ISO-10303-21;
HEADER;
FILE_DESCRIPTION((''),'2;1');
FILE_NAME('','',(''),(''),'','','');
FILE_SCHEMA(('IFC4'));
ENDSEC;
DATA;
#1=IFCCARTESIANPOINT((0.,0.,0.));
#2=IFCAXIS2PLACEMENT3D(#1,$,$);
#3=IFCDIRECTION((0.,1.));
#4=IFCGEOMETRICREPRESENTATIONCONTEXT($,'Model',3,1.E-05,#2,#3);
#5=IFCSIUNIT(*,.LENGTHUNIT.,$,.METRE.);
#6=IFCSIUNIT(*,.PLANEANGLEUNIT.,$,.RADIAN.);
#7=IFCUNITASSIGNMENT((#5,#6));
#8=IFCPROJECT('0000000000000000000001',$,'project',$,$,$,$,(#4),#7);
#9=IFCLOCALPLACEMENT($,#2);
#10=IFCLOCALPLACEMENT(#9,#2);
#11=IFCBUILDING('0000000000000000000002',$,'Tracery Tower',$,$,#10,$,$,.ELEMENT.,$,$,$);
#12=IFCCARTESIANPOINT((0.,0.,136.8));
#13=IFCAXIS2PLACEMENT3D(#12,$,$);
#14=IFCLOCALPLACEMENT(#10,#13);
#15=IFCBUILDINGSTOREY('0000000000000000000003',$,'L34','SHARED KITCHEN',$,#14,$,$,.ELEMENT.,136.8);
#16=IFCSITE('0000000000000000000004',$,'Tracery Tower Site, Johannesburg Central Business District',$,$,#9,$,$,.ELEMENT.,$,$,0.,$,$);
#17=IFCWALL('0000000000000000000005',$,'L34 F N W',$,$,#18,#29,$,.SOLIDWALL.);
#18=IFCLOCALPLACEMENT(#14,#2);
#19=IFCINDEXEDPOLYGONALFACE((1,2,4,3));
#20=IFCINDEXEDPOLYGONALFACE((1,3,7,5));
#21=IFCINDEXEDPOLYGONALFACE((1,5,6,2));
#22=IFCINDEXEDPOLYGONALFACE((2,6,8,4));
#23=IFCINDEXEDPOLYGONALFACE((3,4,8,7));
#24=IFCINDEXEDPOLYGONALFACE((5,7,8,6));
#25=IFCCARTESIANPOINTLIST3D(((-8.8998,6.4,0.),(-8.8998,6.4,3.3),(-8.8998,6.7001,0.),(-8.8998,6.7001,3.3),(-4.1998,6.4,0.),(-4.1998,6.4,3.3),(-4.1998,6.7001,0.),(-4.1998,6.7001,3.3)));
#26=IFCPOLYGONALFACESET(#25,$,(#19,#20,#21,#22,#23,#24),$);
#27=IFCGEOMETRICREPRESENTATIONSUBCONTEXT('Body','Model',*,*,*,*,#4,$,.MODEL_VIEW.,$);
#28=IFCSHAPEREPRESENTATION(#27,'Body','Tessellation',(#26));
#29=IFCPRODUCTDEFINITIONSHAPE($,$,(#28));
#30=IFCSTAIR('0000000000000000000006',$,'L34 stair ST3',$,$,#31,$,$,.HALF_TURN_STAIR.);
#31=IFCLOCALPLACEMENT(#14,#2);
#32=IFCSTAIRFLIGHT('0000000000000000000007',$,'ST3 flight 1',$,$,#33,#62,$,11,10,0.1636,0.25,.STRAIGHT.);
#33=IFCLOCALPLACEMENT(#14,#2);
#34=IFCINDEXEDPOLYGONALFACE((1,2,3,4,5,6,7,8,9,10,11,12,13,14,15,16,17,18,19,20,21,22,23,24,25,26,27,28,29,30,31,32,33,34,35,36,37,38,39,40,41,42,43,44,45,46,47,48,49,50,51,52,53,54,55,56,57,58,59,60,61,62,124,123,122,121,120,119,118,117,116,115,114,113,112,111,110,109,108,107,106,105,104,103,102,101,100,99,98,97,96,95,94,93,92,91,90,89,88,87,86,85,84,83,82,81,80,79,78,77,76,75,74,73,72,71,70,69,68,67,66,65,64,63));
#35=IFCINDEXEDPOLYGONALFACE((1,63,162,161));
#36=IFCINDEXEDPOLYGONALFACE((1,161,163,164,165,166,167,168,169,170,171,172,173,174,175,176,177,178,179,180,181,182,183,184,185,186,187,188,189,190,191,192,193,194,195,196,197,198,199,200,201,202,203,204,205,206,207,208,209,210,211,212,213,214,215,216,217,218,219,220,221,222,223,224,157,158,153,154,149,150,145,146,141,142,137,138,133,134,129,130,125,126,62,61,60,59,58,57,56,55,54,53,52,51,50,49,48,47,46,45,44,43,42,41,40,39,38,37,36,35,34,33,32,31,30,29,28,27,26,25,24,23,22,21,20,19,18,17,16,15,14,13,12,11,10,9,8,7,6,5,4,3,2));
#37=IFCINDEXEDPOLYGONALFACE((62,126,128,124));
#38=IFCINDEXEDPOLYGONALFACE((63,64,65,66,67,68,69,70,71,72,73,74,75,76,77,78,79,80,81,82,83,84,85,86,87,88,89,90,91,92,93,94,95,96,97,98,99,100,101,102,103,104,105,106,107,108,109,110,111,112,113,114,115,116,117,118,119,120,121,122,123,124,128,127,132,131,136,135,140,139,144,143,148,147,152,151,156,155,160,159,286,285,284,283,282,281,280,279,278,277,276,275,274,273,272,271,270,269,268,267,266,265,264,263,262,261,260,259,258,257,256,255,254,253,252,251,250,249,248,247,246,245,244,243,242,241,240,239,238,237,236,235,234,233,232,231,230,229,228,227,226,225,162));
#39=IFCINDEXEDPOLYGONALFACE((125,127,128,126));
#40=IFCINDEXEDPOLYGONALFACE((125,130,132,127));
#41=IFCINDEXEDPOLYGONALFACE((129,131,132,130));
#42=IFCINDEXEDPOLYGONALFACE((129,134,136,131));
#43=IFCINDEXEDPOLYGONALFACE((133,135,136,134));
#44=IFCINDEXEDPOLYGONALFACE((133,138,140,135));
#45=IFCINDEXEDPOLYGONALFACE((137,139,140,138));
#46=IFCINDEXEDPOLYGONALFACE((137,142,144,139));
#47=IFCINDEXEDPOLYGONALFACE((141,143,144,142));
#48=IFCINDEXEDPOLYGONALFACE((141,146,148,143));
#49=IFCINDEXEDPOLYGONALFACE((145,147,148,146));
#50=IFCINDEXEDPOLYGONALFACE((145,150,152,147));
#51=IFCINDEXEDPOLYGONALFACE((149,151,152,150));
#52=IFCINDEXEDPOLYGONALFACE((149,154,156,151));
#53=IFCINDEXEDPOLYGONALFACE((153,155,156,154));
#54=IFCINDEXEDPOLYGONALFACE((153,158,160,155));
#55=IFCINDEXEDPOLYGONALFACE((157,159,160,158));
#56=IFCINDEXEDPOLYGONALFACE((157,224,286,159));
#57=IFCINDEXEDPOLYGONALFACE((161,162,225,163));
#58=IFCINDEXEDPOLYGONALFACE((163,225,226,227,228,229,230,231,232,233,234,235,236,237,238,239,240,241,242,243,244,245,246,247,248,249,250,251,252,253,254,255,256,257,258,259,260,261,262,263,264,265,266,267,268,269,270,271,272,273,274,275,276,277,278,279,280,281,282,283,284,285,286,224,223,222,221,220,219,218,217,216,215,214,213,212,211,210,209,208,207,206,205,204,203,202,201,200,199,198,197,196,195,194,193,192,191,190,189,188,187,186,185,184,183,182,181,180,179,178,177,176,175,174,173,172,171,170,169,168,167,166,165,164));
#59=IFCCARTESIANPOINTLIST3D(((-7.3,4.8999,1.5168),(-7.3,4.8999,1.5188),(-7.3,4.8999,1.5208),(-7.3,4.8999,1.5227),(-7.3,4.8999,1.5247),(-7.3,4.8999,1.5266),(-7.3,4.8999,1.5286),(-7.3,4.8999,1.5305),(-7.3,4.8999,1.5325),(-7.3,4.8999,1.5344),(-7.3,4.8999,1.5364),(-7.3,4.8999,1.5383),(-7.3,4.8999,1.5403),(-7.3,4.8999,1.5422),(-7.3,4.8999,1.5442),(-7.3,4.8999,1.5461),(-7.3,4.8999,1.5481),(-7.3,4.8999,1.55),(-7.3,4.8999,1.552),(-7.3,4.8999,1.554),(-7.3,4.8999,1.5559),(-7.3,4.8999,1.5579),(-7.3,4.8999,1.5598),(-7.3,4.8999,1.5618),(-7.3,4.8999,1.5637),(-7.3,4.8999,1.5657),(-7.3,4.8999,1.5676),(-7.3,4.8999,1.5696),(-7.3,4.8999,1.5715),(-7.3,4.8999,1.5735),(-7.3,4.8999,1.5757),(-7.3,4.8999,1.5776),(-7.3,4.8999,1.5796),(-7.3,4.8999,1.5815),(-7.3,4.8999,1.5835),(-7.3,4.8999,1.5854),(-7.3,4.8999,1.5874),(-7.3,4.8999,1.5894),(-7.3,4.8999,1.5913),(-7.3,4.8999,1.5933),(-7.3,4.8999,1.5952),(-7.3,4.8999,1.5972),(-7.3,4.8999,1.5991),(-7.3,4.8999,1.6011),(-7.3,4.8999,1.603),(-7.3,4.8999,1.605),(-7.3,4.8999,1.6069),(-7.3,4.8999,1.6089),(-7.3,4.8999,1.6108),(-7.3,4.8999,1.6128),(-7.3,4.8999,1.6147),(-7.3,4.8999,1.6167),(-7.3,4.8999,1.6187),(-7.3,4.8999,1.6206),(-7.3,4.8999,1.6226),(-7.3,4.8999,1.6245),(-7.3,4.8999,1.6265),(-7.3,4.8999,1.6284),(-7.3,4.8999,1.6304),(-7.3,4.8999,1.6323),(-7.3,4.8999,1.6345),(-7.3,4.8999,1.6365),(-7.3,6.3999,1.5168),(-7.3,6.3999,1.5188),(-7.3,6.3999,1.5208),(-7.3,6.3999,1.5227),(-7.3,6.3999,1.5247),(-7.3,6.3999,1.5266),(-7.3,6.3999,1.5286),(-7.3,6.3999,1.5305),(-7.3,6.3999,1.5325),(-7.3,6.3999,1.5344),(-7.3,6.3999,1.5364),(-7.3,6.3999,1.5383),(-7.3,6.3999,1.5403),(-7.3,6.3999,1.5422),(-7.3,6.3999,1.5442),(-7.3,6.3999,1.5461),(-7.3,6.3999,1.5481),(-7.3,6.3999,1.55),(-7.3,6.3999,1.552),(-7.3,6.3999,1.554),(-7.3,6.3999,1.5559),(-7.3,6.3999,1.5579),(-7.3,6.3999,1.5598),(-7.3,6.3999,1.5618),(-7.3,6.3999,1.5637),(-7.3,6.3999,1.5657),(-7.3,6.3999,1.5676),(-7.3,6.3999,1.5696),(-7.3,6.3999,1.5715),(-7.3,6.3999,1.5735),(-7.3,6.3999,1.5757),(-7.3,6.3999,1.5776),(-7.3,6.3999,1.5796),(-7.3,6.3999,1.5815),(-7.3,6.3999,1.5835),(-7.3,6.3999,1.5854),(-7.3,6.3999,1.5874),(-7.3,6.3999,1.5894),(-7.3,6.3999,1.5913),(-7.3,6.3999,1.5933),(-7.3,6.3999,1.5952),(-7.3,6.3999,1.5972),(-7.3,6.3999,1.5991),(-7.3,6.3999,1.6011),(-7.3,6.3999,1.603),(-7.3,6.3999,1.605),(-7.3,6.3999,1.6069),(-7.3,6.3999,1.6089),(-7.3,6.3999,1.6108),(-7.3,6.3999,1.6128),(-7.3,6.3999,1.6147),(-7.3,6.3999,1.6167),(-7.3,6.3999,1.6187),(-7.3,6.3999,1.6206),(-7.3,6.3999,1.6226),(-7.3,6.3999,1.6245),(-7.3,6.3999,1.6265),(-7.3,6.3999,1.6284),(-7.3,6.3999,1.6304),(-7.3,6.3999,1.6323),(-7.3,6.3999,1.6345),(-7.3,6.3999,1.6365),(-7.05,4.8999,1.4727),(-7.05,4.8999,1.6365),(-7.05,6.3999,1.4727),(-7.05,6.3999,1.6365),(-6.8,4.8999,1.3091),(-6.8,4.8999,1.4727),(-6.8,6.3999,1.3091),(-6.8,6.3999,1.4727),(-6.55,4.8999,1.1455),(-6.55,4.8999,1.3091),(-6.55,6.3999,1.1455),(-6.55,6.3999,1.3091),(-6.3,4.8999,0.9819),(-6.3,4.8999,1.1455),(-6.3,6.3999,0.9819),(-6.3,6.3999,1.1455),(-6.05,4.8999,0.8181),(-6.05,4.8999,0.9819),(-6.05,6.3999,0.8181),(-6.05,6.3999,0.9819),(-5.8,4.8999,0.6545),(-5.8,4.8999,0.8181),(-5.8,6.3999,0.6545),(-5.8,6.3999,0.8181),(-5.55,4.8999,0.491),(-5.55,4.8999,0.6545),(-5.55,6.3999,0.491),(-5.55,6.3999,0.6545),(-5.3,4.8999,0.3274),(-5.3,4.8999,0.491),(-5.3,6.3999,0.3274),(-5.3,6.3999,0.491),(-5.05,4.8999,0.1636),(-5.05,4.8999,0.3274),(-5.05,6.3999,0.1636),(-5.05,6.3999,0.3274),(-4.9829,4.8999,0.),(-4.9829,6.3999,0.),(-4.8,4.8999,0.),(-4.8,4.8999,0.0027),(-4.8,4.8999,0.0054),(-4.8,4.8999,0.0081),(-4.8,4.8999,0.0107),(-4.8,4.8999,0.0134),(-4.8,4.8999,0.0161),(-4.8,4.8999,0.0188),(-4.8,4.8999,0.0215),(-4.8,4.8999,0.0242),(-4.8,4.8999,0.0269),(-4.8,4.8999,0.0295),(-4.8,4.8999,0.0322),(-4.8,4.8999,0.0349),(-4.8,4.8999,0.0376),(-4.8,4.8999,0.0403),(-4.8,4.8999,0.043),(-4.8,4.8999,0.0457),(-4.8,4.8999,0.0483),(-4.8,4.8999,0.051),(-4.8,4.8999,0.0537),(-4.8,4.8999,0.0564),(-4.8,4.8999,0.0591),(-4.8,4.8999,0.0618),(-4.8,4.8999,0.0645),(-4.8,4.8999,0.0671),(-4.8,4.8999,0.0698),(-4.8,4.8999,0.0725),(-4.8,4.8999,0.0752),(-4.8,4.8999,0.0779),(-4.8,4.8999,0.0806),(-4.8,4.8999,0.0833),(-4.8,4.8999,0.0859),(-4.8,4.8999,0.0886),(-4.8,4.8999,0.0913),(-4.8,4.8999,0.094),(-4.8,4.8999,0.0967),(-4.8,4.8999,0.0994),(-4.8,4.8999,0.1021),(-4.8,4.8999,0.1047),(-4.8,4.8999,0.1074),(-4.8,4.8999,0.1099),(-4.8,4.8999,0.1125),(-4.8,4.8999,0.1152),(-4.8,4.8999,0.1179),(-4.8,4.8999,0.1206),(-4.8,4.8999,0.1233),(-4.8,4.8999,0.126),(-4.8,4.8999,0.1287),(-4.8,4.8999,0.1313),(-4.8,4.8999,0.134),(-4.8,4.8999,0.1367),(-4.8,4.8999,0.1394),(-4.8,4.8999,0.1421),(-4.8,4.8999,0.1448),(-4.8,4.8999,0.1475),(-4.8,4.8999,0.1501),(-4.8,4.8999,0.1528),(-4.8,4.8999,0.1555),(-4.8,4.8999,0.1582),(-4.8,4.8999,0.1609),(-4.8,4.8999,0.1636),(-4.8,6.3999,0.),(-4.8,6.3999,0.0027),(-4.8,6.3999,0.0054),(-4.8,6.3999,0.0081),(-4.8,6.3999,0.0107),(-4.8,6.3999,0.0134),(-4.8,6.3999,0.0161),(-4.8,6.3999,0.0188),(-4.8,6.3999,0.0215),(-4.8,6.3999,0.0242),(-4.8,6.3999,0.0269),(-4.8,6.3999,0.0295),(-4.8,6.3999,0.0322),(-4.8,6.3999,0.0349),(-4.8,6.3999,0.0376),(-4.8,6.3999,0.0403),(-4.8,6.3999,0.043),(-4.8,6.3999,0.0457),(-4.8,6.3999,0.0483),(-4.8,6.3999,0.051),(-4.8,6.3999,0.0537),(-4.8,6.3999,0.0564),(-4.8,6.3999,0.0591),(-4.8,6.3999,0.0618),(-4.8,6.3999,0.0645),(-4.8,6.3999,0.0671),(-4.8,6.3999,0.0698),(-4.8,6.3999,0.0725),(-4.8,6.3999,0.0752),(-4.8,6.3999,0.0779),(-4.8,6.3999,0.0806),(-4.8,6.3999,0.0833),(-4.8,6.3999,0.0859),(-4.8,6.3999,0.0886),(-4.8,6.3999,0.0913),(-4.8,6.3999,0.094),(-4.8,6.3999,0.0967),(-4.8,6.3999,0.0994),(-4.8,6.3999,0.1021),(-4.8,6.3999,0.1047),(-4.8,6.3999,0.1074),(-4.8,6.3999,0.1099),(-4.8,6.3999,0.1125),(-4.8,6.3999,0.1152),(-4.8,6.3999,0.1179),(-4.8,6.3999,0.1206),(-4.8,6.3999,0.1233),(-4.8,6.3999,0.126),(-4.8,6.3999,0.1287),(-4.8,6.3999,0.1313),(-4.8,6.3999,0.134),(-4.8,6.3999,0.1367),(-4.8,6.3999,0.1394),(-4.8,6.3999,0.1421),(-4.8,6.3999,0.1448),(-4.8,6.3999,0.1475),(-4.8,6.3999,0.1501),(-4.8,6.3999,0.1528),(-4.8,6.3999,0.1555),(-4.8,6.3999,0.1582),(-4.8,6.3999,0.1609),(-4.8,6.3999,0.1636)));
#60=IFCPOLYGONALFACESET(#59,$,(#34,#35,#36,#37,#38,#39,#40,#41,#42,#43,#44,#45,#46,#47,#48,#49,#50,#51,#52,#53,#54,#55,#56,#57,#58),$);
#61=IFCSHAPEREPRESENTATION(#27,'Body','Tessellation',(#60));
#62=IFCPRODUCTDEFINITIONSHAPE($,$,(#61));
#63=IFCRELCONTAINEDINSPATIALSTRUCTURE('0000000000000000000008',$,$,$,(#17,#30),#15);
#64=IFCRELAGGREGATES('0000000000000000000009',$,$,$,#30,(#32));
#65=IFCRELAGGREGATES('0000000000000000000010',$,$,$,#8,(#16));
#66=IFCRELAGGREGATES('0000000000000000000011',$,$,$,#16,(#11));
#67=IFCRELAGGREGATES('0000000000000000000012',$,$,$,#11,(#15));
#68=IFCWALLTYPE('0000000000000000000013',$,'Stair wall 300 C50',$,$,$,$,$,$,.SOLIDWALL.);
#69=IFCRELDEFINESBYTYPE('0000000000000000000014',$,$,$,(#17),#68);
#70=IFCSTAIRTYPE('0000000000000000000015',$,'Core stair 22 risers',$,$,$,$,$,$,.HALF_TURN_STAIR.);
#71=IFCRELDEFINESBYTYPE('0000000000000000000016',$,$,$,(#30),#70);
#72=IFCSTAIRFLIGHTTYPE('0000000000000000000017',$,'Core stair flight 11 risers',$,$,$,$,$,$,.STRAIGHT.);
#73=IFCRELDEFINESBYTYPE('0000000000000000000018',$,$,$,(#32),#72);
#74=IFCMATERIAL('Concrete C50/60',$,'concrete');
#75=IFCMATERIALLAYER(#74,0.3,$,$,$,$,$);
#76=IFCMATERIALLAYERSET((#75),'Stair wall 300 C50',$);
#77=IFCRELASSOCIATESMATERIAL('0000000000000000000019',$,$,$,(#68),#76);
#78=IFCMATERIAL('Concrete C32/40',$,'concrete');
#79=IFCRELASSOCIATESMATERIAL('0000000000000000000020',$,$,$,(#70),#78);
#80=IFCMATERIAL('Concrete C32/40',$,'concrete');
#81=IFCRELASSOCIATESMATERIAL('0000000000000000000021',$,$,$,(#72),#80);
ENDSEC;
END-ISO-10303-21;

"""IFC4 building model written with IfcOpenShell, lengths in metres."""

from ifc_helpers import new_model, si_unit, direction, frame, frame_2d, origin, place, context, subcontext, project, spatial, polyline, rectangle, outline, extrude, material, layer, layer_set, type_object, element, aggregate, save


model = new_model("IFC4")

# Units and contexts
model_context = context("Model", 3, precision=1e-05, world=origin(), true_north=direction((0.0, 1.0)))
body_context = subcontext(model_context, "Body", "Model", "MODEL_VIEW")
ifc_project = project(units=[si_unit("LENGTHUNIT", "METRE"), si_unit("PLANEANGLEUNIT", "RADIAN")], contexts=[model_context])

# Site, building, storey
site_placement = place(None, origin())
site = spatial("IfcSite", under=ifc_project, at=site_placement, Name="Tracery Tower Site, Johannesburg Central Business District", CompositionType="ELEMENT", RefElevation=0.0)
building_placement = place(site_placement, origin())
building = spatial("IfcBuilding", under=site, at=building_placement, Name="Tracery Tower", CompositionType="ELEMENT")
storey_placement = place(building_placement, frame((0.0, 0.0, 136.8)))
storey = spatial("IfcBuildingStorey", under=building, at=storey_placement, Name="L34", Description="SHARED KITCHEN", CompositionType="ELEMENT", Elevation=136.8)

# Wall
ifc_material_1 = material(Name="Concrete C50/60", Category="concrete")
ifc_layer_1 = layer(ifc_material_1, 0.3)
ifc_layer_set_1 = layer_set([ifc_layer_1], Name="Stair wall 300 C50")
wall_type_1 = type_object("IfcWallType", Name="Stair wall 300 C50", PredefinedType="SOLIDWALL", material=ifc_layer_set_1)
wall_1_placement = place(storey_placement, frame((-8.8999, 6.55, 0.0), z_axis=(0.0, 0.0, 1.0), x_axis=(1.0, 0.0, 0.0)))
element("IfcWall", 1, at=wall_1_placement, inside=storey, type_object=wall_type_1, Name="L34 F N W", PredefinedType="SOLIDWALL", context=body_context, shape_type="SweptSolid", body=[
    extrude(rectangle(XDim=4.7, YDim=0.3, at=frame_2d((2.3501, 0.0))), origin(), (0.0, 0.0, 1.0), 3.3),
])

# Stair, stair flight
ifc_material_2 = material(Name="Concrete C32/40", Category="concrete")
stair_type = type_object("IfcStairType", Name="Core stair 22 risers", PredefinedType="HALF_TURN_STAIR", material=ifc_material_2)
stair_placement = place(storey_placement, origin())
stair = element("IfcStair", 2, at=stair_placement, inside=storey, type_object=stair_type, Name="L34 stair ST3", PredefinedType="HALF_TURN_STAIR")
ifc_material_3 = material(Name="Concrete C32/40", Category="concrete")
stair_flight_type = type_object("IfcStairFlightType", Name="Core stair flight 11 risers", PredefinedType="STRAIGHT", material=ifc_material_3)
stair_flight_1_placement = place(storey_placement, frame((-4.8, 5.6499, 0.0), z_axis=(0.0, 0.0, 1.0), x_axis=(-1.0, 0.0, 0.0)))
stair_flight_1 = element("IfcStairFlight", 3, at=stair_flight_1_placement, type_object=stair_flight_type, Name="ST3 flight 1", NumberOfRisers=11, NumberOfTreads=10, PredefinedType="STRAIGHT", RiserHeight=0.1636, TreadLength=0.25, context=body_context, shape_type="SweptSolid", body=[
    extrude(outline(polyline([(0.0, 0.0), (0.0, 0.0027), (0.0, 0.0054), (0.0, 0.0081), (0.0, 0.0107), (0.0, 0.0134), (0.0, 0.0161), (0.0, 0.0188), (0.0, 0.0215), (0.0, 0.0242), (0.0, 0.0269), (0.0, 0.0295), (0.0, 0.0322), (0.0, 0.0349), (0.0, 0.0376), (0.0, 0.0403), (0.0, 0.043), (0.0, 0.0457), (0.0, 0.0483), (0.0, 0.051), (0.0, 0.0537), (0.0, 0.0564), (0.0, 0.0591), (0.0, 0.0618), (0.0, 0.0645), (0.0, 0.0671), (0.0, 0.0698), (0.0, 0.0725), (0.0, 0.0752), (0.0, 0.0779), (0.0, 0.0806), (0.0, 0.0833), (0.0, 0.0859), (0.0, 0.0886), (0.0, 0.0913), (0.0, 0.094), (0.0, 0.0967), (0.0, 0.0994), (0.0, 0.1021), (0.0, 0.1047), (0.0, 0.1074), (0.0, 0.1099), (0.0, 0.1125), (0.0, 0.1152), (0.0, 0.1179), (0.0, 0.1206), (0.0, 0.1233), (0.0, 0.126), (0.0, 0.1287), (0.0, 0.1313), (0.0, 0.134), (0.0, 0.1367), (0.0, 0.1394), (0.0, 0.1421), (0.0, 0.1448), (0.0, 0.1475), (0.0, 0.1501), (0.0, 0.1528), (0.0, 0.1555), (0.0, 0.1582), (0.0, 0.1609), (0.0, 0.1636), (0.25, 0.1636), (0.25, 0.3274), (0.5, 0.3274), (0.5, 0.491), (0.75, 0.491), (0.75, 0.6545), (1.0, 0.6545), (1.0, 0.8181), (1.25, 0.8181), (1.25, 0.9819), (1.5, 0.9819), (1.5, 1.1455), (1.75, 1.1455), (1.75, 1.3091), (2.0, 1.3091), (2.0, 1.4727), (2.25, 1.4727), (2.25, 1.6365), (2.5, 1.6365), (2.5, 1.6345), (2.5, 1.6323), (2.5, 1.6304), (2.5, 1.6284), (2.5, 1.6265), (2.5, 1.6245), (2.5, 1.6226), (2.5, 1.6206), (2.5, 1.6187), (2.5, 1.6167), (2.5, 1.6147), (2.5, 1.6128), (2.5, 1.6108), (2.5, 1.6089), (2.5, 1.6069), (2.5, 1.605), (2.5, 1.603), (2.5, 1.6011), (2.5, 1.5991), (2.5, 1.5972), (2.5, 1.5952), (2.5, 1.5933), (2.5, 1.5913), (2.5, 1.5894), (2.5, 1.5874), (2.5, 1.5854), (2.5, 1.5835), (2.5, 1.5815), (2.5, 1.5796), (2.5, 1.5776), (2.5, 1.5757), (2.5, 1.5735), (2.5, 1.5715), (2.5, 1.5696), (2.5, 1.5676), (2.5, 1.5657), (2.5, 1.5637), (2.5, 1.5618), (2.5, 1.5598), (2.5, 1.5579), (2.5, 1.5559), (2.5, 1.554), (2.5, 1.552), (2.5, 1.55), (2.5, 1.5481), (2.5, 1.5461), (2.5, 1.5442), (2.5, 1.5422), (2.5, 1.5403), (2.5, 1.5383), (2.5, 1.5364), (2.5, 1.5344), (2.5, 1.5325), (2.5, 1.5305), (2.5, 1.5286), (2.5, 1.5266), (2.5, 1.5247), (2.5, 1.5227), (2.5, 1.5208), (2.5, 1.5188), (2.5, 1.5168), (0.1829, 0.0), (0.0, 0.0)])), frame((0.0, 0.75, 0.0), z_axis=(0.0, -1.0, 0.0), x_axis=(1.0, 0.0, 0.0)), (0.0, 0.0, 1.0), 1.5),
])
aggregate(stair, [stair_flight_1])

save(model, "model.ifc")
